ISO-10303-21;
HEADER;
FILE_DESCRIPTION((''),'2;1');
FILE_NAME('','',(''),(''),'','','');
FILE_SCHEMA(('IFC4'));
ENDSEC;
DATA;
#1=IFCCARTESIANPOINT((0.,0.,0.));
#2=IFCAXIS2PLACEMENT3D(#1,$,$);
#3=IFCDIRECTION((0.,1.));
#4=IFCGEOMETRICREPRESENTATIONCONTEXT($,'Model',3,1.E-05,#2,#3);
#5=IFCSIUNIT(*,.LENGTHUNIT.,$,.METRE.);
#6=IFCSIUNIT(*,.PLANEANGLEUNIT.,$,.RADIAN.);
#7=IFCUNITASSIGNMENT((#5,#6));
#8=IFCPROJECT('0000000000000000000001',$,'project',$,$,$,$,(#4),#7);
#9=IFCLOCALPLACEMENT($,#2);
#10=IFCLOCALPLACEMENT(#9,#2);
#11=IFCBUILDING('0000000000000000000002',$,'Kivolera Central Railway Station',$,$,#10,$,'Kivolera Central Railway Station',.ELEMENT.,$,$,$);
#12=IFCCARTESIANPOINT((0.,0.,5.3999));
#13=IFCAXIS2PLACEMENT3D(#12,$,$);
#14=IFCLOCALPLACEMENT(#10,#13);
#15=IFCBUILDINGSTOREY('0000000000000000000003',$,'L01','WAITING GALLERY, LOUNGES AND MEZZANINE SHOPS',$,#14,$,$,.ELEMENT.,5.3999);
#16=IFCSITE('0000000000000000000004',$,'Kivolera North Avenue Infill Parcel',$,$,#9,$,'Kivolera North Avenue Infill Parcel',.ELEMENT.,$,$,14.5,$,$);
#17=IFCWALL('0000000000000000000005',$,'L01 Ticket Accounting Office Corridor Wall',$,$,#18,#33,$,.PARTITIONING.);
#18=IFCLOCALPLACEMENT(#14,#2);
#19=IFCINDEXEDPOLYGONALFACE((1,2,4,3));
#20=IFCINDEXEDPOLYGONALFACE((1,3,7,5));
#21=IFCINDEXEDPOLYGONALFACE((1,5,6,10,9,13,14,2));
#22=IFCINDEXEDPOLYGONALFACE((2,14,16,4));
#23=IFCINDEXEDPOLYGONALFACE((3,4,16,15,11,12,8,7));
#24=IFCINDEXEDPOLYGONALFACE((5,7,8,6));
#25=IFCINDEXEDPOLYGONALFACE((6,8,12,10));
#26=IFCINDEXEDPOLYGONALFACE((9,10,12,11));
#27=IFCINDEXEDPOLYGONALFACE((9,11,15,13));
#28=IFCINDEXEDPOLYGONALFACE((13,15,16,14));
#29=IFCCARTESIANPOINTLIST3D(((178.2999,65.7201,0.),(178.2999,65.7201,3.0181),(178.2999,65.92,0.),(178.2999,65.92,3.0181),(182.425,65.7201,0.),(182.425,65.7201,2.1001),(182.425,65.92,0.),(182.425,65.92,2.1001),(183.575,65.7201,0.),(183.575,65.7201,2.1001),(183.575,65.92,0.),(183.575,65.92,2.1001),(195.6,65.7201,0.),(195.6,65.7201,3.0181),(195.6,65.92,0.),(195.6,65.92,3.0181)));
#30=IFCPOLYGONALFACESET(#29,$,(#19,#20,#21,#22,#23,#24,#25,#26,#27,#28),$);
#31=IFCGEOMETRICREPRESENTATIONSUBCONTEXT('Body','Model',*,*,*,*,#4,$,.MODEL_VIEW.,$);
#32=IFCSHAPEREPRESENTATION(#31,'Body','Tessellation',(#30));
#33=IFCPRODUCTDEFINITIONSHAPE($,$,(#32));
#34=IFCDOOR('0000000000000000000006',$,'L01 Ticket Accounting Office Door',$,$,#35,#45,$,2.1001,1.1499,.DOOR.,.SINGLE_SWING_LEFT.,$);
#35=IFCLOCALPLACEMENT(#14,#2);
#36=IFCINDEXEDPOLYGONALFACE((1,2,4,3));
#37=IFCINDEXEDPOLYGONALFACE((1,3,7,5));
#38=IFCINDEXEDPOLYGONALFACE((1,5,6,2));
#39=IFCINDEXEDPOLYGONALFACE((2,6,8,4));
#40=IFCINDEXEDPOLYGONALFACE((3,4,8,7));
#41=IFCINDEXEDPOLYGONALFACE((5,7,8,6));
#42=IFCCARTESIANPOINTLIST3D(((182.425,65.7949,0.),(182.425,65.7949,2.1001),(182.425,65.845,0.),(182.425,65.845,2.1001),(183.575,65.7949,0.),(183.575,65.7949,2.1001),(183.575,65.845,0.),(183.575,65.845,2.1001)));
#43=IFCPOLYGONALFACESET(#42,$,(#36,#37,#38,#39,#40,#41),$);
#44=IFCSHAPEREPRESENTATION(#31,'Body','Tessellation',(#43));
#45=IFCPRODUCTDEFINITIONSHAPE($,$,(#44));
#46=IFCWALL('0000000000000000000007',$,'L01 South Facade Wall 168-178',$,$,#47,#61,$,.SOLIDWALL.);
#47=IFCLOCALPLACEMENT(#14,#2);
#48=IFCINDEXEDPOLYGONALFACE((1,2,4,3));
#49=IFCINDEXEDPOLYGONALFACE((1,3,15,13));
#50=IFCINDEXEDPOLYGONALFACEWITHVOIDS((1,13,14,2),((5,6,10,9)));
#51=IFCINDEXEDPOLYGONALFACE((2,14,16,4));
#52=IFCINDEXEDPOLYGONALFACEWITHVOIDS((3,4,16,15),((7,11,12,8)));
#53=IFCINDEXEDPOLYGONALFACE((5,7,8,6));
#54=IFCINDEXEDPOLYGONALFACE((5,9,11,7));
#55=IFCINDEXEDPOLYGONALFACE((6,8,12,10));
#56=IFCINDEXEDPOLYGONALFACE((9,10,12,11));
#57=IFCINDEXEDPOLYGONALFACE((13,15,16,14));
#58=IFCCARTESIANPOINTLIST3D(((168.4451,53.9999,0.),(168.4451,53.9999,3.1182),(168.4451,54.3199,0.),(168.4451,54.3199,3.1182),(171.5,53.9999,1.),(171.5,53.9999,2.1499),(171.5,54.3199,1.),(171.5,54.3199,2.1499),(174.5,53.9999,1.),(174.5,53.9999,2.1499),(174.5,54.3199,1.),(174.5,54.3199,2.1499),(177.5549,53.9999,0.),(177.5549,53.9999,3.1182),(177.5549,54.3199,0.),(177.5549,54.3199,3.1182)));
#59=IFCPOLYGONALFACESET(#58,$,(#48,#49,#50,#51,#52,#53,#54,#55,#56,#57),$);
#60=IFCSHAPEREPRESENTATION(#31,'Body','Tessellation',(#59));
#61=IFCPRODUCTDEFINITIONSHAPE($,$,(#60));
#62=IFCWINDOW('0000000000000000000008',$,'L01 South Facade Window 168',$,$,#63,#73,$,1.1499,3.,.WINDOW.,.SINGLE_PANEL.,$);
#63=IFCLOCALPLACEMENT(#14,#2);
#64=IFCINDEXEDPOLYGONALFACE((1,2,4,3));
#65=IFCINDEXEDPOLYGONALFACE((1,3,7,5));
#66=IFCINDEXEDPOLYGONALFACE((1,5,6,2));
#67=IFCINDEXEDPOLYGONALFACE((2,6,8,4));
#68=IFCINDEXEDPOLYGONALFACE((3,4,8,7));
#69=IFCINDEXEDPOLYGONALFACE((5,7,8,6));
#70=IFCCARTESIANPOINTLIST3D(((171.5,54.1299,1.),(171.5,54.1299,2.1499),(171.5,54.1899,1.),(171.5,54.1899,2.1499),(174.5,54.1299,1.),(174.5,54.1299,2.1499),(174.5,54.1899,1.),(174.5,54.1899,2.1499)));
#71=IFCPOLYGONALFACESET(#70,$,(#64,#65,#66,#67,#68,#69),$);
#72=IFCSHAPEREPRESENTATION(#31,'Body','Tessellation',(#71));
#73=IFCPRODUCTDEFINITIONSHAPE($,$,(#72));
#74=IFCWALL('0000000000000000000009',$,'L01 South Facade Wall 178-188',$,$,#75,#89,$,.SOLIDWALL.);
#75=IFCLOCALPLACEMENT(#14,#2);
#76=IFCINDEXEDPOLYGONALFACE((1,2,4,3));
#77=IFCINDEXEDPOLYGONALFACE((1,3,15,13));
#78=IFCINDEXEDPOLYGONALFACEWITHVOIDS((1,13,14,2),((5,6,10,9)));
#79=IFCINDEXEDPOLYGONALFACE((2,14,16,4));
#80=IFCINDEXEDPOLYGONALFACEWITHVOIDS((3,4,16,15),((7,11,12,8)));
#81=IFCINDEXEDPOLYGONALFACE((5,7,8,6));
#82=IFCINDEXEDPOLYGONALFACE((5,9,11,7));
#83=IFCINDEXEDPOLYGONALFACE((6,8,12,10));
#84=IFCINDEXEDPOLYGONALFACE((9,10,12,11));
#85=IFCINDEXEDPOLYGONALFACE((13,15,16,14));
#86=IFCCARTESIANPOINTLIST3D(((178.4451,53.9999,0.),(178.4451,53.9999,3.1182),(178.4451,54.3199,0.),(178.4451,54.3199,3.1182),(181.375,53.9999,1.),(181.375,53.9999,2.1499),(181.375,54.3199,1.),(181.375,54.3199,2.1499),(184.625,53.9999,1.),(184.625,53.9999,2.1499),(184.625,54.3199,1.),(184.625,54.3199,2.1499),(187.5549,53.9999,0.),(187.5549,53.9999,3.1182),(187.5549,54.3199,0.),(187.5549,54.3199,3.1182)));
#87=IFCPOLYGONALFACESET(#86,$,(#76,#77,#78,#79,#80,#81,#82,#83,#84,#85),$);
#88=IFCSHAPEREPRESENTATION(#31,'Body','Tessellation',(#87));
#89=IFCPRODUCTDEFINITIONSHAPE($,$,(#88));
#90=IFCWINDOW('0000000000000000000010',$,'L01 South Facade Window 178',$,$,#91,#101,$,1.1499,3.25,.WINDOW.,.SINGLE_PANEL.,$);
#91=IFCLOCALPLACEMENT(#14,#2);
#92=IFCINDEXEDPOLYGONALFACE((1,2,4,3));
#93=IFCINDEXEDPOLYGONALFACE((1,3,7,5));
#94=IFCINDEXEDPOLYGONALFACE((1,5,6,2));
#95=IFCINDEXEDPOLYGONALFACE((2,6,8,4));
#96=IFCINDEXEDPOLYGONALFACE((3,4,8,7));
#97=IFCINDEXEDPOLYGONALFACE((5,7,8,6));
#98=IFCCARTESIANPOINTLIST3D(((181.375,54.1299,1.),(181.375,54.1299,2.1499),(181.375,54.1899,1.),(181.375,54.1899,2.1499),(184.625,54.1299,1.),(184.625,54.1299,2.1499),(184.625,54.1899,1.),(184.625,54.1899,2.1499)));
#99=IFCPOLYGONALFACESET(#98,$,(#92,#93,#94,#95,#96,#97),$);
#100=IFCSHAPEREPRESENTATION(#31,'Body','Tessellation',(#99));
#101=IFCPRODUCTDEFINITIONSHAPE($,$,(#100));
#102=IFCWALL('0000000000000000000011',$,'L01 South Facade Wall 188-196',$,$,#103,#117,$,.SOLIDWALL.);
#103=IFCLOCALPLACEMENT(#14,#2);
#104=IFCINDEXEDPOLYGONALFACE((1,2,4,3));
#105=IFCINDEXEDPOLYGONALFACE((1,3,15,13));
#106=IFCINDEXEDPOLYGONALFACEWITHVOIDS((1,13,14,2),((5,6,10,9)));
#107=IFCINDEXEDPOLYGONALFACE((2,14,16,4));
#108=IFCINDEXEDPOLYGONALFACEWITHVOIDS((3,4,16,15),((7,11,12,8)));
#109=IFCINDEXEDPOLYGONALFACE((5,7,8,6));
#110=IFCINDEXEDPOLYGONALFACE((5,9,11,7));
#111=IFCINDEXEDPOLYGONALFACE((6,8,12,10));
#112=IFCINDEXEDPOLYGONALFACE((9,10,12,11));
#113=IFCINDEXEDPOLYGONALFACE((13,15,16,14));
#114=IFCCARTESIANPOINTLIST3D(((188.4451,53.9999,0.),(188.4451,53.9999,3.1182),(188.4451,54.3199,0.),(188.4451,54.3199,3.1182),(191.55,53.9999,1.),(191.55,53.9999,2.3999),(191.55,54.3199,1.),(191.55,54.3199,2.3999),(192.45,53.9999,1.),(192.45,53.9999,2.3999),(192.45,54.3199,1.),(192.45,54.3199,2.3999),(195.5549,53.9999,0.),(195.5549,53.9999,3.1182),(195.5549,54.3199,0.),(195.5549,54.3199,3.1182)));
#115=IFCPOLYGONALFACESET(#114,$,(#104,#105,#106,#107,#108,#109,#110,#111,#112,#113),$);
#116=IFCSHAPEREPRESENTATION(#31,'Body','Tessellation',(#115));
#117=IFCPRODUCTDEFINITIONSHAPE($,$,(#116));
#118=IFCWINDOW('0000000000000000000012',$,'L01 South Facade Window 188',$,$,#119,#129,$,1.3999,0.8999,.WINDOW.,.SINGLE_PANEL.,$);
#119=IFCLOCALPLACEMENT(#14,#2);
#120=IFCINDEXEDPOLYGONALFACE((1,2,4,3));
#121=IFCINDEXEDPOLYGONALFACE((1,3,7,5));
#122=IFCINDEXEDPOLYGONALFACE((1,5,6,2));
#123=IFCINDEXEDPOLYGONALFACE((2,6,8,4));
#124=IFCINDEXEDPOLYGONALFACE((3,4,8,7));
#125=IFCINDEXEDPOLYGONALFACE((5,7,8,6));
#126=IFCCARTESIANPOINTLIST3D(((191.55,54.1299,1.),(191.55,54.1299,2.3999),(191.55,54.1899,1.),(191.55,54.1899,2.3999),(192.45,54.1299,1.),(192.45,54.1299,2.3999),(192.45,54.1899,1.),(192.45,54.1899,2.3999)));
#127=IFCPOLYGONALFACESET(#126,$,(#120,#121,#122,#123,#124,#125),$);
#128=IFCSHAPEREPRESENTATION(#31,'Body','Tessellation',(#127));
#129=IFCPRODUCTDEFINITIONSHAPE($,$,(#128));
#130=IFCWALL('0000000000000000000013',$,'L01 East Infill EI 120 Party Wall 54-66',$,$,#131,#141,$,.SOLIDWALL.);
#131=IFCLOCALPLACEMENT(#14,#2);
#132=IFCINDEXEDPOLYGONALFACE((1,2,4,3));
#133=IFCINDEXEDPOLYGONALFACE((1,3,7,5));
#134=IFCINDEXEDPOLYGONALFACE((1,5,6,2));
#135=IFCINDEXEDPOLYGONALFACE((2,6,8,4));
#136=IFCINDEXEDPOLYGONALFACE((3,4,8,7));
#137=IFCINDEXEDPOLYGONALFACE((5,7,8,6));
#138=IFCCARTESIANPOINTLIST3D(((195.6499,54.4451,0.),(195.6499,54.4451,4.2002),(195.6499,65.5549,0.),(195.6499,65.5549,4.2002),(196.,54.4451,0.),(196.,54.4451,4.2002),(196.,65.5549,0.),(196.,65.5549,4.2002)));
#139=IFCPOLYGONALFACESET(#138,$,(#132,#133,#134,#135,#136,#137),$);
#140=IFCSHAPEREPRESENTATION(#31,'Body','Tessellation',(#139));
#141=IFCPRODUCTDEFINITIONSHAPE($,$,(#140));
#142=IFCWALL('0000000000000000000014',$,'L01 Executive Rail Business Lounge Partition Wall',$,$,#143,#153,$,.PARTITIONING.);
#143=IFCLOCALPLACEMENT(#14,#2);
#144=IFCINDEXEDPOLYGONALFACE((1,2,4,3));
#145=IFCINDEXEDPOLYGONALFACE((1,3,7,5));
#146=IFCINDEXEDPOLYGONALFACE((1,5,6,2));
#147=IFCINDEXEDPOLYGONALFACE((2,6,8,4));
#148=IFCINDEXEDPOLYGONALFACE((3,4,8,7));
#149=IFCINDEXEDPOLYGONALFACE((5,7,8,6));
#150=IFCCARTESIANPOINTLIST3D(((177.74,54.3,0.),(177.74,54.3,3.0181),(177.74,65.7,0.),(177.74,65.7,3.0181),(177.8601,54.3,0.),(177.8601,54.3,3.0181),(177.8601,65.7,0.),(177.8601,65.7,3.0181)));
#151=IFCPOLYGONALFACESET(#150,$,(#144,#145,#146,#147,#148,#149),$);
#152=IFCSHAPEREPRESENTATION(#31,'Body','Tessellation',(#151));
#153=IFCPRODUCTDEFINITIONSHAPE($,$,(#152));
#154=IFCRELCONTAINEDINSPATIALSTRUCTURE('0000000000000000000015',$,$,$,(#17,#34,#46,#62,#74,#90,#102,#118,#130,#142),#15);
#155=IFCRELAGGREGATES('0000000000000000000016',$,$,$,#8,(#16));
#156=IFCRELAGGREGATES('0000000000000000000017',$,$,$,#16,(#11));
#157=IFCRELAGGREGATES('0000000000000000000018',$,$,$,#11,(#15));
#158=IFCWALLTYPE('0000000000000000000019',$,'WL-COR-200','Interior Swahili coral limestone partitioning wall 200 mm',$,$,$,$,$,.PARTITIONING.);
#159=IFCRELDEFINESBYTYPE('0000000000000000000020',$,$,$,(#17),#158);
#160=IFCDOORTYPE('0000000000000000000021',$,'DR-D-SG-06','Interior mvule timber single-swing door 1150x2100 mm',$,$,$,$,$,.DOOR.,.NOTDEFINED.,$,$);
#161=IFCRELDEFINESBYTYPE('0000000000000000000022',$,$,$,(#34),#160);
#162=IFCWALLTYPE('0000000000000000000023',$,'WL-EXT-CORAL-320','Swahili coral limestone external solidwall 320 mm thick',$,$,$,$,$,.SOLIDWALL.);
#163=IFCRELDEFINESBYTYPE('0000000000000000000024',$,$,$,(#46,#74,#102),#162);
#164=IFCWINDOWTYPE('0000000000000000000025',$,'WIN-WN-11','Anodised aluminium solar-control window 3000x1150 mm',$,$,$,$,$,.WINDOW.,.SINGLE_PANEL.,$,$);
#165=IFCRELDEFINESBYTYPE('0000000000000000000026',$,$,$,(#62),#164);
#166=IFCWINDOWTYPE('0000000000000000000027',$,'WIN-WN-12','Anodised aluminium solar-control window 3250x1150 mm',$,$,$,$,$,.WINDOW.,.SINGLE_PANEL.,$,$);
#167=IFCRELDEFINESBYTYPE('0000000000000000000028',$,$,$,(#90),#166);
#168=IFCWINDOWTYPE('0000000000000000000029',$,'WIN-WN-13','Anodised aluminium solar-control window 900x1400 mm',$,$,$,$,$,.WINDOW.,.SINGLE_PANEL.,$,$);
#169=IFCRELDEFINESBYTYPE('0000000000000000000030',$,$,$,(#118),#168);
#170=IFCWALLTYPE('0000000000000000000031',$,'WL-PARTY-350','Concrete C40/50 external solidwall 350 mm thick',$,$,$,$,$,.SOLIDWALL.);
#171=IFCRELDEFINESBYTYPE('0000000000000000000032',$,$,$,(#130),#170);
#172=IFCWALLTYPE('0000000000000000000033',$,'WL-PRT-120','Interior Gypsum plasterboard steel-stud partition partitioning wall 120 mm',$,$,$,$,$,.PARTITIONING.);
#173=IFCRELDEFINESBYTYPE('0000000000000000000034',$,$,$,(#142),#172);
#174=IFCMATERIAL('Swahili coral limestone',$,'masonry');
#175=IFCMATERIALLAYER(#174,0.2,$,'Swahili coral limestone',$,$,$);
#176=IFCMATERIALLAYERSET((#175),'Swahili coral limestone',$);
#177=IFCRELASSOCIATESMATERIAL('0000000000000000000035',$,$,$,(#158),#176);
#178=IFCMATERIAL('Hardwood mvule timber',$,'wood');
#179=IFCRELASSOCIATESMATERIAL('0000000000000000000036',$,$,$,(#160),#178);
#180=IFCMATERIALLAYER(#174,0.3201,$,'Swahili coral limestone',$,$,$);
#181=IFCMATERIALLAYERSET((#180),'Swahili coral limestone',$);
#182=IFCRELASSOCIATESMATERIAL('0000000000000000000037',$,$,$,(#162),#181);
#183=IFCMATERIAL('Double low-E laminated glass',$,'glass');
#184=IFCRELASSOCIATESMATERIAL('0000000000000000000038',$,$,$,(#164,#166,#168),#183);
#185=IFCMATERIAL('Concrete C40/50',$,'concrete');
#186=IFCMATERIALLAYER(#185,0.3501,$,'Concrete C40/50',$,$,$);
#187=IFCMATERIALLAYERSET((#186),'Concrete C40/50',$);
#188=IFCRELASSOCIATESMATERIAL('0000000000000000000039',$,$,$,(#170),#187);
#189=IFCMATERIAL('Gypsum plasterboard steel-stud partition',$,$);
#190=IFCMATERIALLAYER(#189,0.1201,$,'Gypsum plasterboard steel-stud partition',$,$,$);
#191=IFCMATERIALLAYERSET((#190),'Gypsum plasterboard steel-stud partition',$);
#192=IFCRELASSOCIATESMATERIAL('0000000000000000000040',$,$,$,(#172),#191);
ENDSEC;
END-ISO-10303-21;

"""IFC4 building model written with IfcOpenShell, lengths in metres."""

from ifc_helpers import new_model, si_unit, direction, frame, frame_2d, origin, place, context, subcontext, project, spatial, rectangle, extrude, material, layer, layer_set, type_object, element, fill, save


model = new_model("IFC4")

# Units and contexts
model_context = context("Model", 3, precision=1e-05, world=origin(), true_north=direction((0.0, 1.0)))
body_context = subcontext(model_context, "Body", "Model", "MODEL_VIEW")
ifc_project = project(units=[si_unit("LENGTHUNIT", "METRE"), si_unit("PLANEANGLEUNIT", "RADIAN")], contexts=[model_context])

# Site, building, storey
site_placement = place(None, origin())
site = spatial("IfcSite", under=ifc_project, at=site_placement, Name="Kivolera North Avenue Infill Parcel", LongName="Kivolera North Avenue Infill Parcel", CompositionType="ELEMENT", RefElevation=14.5)
building_placement = place(site_placement, origin())
building = spatial("IfcBuilding", under=site, at=building_placement, Name="Kivolera Central Railway Station", LongName="Kivolera Central Railway Station", CompositionType="ELEMENT")
storey_placement = place(building_placement, frame((0.0, 0.0, 5.3999)))
storey = spatial("IfcBuildingStorey", under=building, at=storey_placement, Name="L01", Description="WAITING GALLERY, LOUNGES AND MEZZANINE SHOPS", CompositionType="ELEMENT", Elevation=5.3999)

# Shared definitions
ifc_material_1 = material(Name="Concrete C40/50", Category="concrete")

# Wall, opening, door
ifc_material_2 = material(Name="Swahili coral limestone", Category="masonry")
ifc_layer_1 = layer(ifc_material_2, 0.2, Name="Swahili coral limestone")
ifc_layer_set_1 = layer_set([ifc_layer_1], Name="Swahili coral limestone")
wall_type_1 = type_object("IfcWallType", Name="WL-COR-200", Description="Interior Swahili coral limestone partitioning wall 200 mm", PredefinedType="PARTITIONING", material=ifc_layer_set_1)
wall_1_placement = place(storey_placement, frame((178.3, 65.8201, 0.0), z_axis=(0.0, 0.0, 1.0), x_axis=(1.0, 0.0, 0.0)))
wall_1 = element("IfcWall", 1, at=wall_1_placement, inside=storey, type_object=wall_type_1, Name="L01 Ticket Accounting Office Corridor Wall", PredefinedType="PARTITIONING", context=body_context, shape_type="SweptSolid", body=[
    extrude(rectangle(XDim=17.3, YDim=0.2, at=frame_2d((8.6499, 0.0))), origin(), (0.0, 0.0, 1.0), 3.0181),
])
opening_1_placement = place(wall_1_placement, frame((4.125, 0.0, 0.0)))
opening_1 = element("IfcOpeningElement", 2, at=opening_1_placement, cuts=wall_1, PredefinedType="OPENING", context=body_context, shape_type="SweptSolid", body=[
    extrude(rectangle(XDim=1.1499, YDim=2.1001, at=frame_2d((0.575, 1.05))), frame((0.0, 0.1099, 0.0), z_axis=(0.0, -1.0, 0.0), x_axis=(1.0, 0.0, 0.0)), (0.0, 0.0, 1.0), 0.22),
])
ifc_material_3 = material(Name="Hardwood mvule timber", Category="wood")
door_type = type_object("IfcDoorType", Name="DR-D-SG-06", Description="Interior mvule timber single-swing door 1150x2100 mm", OperationType="NOTDEFINED", PredefinedType="DOOR", material=ifc_material_3)
door_placement = place(opening_1_placement, origin())
door = element("IfcDoor", 3, at=door_placement, inside=storey, type_object=door_type, Name="L01 Ticket Accounting Office Door", OperationType="SINGLE_SWING_LEFT", OverallHeight=2.1001, OverallWidth=1.1499, PredefinedType="DOOR", context=body_context, shape_type="SweptSolid", body=[
    extrude(rectangle(XDim=1.1499, YDim=2.1001, at=frame_2d((0.575, 1.05))), frame((0.0, 0.0249, 0.0), z_axis=(0.0, -1.0, 0.0), x_axis=(1.0, 0.0, 0.0)), (0.0, 0.0, 1.0), 0.05),
])
fill(opening_1, door)

# Walls, openings, windows
ifc_layer_2 = layer(ifc_material_2, 0.3201, Name="Swahili coral limestone")
ifc_layer_set_2 = layer_set([ifc_layer_2], Name="Swahili coral limestone")
wall_type_2 = type_object("IfcWallType", Name="WL-EXT-CORAL-320", Description="Swahili coral limestone external solidwall 320 mm thick", PredefinedType="SOLIDWALL", material=ifc_layer_set_2)
wall_2_placement = place(storey_placement, frame((177.5549, 54.1599, 0.0), z_axis=(0.0, 0.0, 1.0), x_axis=(-1.0, 0.0, 0.0)))
wall_2 = element("IfcWall", 4, at=wall_2_placement, inside=storey, type_object=wall_type_2, Name="L01 South Facade Wall 168-178", PredefinedType="SOLIDWALL", context=body_context, shape_type="SweptSolid", body=[
    extrude(rectangle(XDim=9.1099, YDim=0.3201, at=frame_2d((4.5549, 0.0))), origin(), (0.0, 0.0, 1.0), 3.1182),
])
opening_2_placement = place(wall_2_placement, frame((3.0549, 0.0, 1.0)))
opening_2 = element("IfcOpeningElement", 5, at=opening_2_placement, cuts=wall_2, PredefinedType="OPENING", context=body_context, shape_type="SweptSolid", body=[
    extrude(rectangle(XDim=3.0, YDim=1.1499, at=frame_2d((1.5, 0.575))), frame((0.0, 0.1699, 0.0), z_axis=(0.0, -1.0, 0.0), x_axis=(1.0, 0.0, 0.0)), (0.0, 0.0, 1.0), 0.3401),
])
ifc_material_4 = material(Name="Double low-E laminated glass", Category="glass")
window_type_1 = type_object("IfcWindowType", Name="WIN-WN-11", Description="Anodised aluminium solar-control window 3000x1150 mm", PartitioningType="SINGLE_PANEL", PredefinedType="WINDOW", material=ifc_material_4)
window_1_placement = place(opening_2_placement, origin())
window_1 = element("IfcWindow", 6, at=window_1_placement, inside=storey, type_object=window_type_1, Name="L01 South Facade Window 168", OverallHeight=1.1499, OverallWidth=3.0, PartitioningType="SINGLE_PANEL", PredefinedType="WINDOW", context=body_context, shape_type="SweptSolid", body=[
    extrude(rectangle(XDim=3.0, YDim=1.1499, at=frame_2d((1.5, 0.575))), frame((0.0, 0.03, 0.0), z_axis=(0.0, -1.0, 0.0), x_axis=(1.0, 0.0, 0.0)), (0.0, 0.0, 1.0), 0.0601),
])
fill(opening_2, window_1)
wall_3_placement = place(storey_placement, frame((187.5549, 54.1599, 0.0), z_axis=(0.0, 0.0, 1.0), x_axis=(-1.0, 0.0, 0.0)))
wall_3 = element("IfcWall", 7, at=wall_3_placement, inside=storey, type_object=wall_type_2, Name="L01 South Facade Wall 178-188", PredefinedType="SOLIDWALL", context=body_context, shape_type="SweptSolid", body=[
    extrude(rectangle(XDim=9.1099, YDim=0.3201, at=frame_2d((4.5549, 0.0))), origin(), (0.0, 0.0, 1.0), 3.1182),
])
opening_3_placement = place(wall_3_placement, frame((2.9299, 0.0, 1.0)))
opening_3 = element("IfcOpeningElement", 8, at=opening_3_placement, cuts=wall_3, PredefinedType="OPENING", context=body_context, shape_type="SweptSolid", body=[
    extrude(rectangle(XDim=3.25, YDim=1.1499, at=frame_2d((1.625, 0.575))), frame((0.0, 0.1699, 0.0), z_axis=(0.0, -1.0, 0.0), x_axis=(1.0, 0.0, 0.0)), (0.0, 0.0, 1.0), 0.3401),
])
window_type_2 = type_object("IfcWindowType", Name="WIN-WN-12", Description="Anodised aluminium solar-control window 3250x1150 mm", PartitioningType="SINGLE_PANEL", PredefinedType="WINDOW", material=ifc_material_4)
window_2_placement = place(opening_3_placement, origin())
window_2 = element("IfcWindow", 9, at=window_2_placement, inside=storey, type_object=window_type_2, Name="L01 South Facade Window 178", OverallHeight=1.1499, OverallWidth=3.25, PartitioningType="SINGLE_PANEL", PredefinedType="WINDOW", context=body_context, shape_type="SweptSolid", body=[
    extrude(rectangle(XDim=3.25, YDim=1.1499, at=frame_2d((1.625, 0.575))), frame((0.0, 0.03, 0.0), z_axis=(0.0, -1.0, 0.0), x_axis=(1.0, 0.0, 0.0)), (0.0, 0.0, 1.0), 0.0601),
])
fill(opening_3, window_2)
wall_4_placement = place(storey_placement, frame((195.5549, 54.1599, 0.0), z_axis=(0.0, 0.0, 1.0), x_axis=(-1.0, 0.0, 0.0)))
wall_4 = element("IfcWall", 10, at=wall_4_placement, inside=storey, type_object=wall_type_2, Name="L01 South Facade Wall 188-196", PredefinedType="SOLIDWALL", context=body_context, shape_type="SweptSolid", body=[
    extrude(rectangle(XDim=7.1099, YDim=0.3201, at=frame_2d((3.5549, 0.0))), origin(), (0.0, 0.0, 1.0), 3.1182),
])
opening_4_placement = place(wall_4_placement, frame((3.105, 0.0, 1.0)))
opening_4 = element("IfcOpeningElement", 11, at=opening_4_placement, cuts=wall_4, PredefinedType="OPENING", context=body_context, shape_type="SweptSolid", body=[
    extrude(rectangle(XDim=0.8999, YDim=1.3999, at=frame_2d((0.45, 0.7))), frame((0.0, 0.1699, 0.0), z_axis=(0.0, -1.0, 0.0), x_axis=(1.0, 0.0, 0.0)), (0.0, 0.0, 1.0), 0.3401),
])
window_type_3 = type_object("IfcWindowType", Name="WIN-WN-13", Description="Anodised aluminium solar-control window 900x1400 mm", PartitioningType="SINGLE_PANEL", PredefinedType="WINDOW", material=ifc_material_4)
window_3_placement = place(opening_4_placement, origin())
window_3 = element("IfcWindow", 12, at=window_3_placement, inside=storey, type_object=window_type_3, Name="L01 South Facade Window 188", OverallHeight=1.3999, OverallWidth=0.8999, PartitioningType="SINGLE_PANEL", PredefinedType="WINDOW", context=body_context, shape_type="SweptSolid", body=[
    extrude(rectangle(XDim=0.8999, YDim=1.3999, at=frame_2d((0.45, 0.7))), frame((0.0, 0.03, 0.0), z_axis=(0.0, -1.0, 0.0), x_axis=(1.0, 0.0, 0.0)), (0.0, 0.0, 1.0), 0.0601),
])
fill(opening_4, window_3)

# Walls
ifc_layer_3 = layer(ifc_material_1, 0.3501, Name="Concrete C40/50")
ifc_layer_set_3 = layer_set([ifc_layer_3], Name="Concrete C40/50")
wall_type_3 = type_object("IfcWallType", Name="WL-PARTY-350", Description="Concrete C40/50 external solidwall 350 mm thick", PredefinedType="SOLIDWALL", material=ifc_layer_set_3)
wall_5_placement = place(storey_placement, frame((195.825, 65.5549, 0.0), z_axis=(0.0, 0.0, 1.0), x_axis=(0.0, -1.0, 0.0)))
element("IfcWall", 13, at=wall_5_placement, inside=storey, type_object=wall_type_3, Name="L01 East Infill EI 120 Party Wall 54-66", PredefinedType="SOLIDWALL", context=body_context, shape_type="SweptSolid", body=[
    extrude(rectangle(XDim=11.1099, YDim=0.3501, at=frame_2d((5.5549, 0.0))), origin(), (0.0, 0.0, 1.0), 4.2002),
])
ifc_material_5 = material(Name="Gypsum plasterboard steel-stud partition")
ifc_layer_4 = layer(ifc_material_5, 0.1201, Name="Gypsum plasterboard steel-stud partition")
ifc_layer_set_4 = layer_set([ifc_layer_4], Name="Gypsum plasterboard steel-stud partition")
wall_type_4 = type_object("IfcWallType", Name="WL-PRT-120", Description="Interior Gypsum plasterboard steel-stud partition partitioning wall 120 mm", PredefinedType="PARTITIONING", material=ifc_layer_set_4)
wall_6_placement = place(storey_placement, frame((177.8, 54.3, 0.0), z_axis=(0.0, 0.0, 1.0), x_axis=(0.0, 1.0, 0.0)))
element("IfcWall", 14, at=wall_6_placement, inside=storey, type_object=wall_type_4, Name="L01 Executive Rail Business Lounge Partition Wall", PredefinedType="PARTITIONING", context=body_context, shape_type="SweptSolid", body=[
    extrude(rectangle(XDim=11.3999, YDim=0.1201, at=frame_2d((5.7, 0.0))), origin(), (0.0, 0.0, 1.0), 3.0181),
])

save(model, "model.ifc")
